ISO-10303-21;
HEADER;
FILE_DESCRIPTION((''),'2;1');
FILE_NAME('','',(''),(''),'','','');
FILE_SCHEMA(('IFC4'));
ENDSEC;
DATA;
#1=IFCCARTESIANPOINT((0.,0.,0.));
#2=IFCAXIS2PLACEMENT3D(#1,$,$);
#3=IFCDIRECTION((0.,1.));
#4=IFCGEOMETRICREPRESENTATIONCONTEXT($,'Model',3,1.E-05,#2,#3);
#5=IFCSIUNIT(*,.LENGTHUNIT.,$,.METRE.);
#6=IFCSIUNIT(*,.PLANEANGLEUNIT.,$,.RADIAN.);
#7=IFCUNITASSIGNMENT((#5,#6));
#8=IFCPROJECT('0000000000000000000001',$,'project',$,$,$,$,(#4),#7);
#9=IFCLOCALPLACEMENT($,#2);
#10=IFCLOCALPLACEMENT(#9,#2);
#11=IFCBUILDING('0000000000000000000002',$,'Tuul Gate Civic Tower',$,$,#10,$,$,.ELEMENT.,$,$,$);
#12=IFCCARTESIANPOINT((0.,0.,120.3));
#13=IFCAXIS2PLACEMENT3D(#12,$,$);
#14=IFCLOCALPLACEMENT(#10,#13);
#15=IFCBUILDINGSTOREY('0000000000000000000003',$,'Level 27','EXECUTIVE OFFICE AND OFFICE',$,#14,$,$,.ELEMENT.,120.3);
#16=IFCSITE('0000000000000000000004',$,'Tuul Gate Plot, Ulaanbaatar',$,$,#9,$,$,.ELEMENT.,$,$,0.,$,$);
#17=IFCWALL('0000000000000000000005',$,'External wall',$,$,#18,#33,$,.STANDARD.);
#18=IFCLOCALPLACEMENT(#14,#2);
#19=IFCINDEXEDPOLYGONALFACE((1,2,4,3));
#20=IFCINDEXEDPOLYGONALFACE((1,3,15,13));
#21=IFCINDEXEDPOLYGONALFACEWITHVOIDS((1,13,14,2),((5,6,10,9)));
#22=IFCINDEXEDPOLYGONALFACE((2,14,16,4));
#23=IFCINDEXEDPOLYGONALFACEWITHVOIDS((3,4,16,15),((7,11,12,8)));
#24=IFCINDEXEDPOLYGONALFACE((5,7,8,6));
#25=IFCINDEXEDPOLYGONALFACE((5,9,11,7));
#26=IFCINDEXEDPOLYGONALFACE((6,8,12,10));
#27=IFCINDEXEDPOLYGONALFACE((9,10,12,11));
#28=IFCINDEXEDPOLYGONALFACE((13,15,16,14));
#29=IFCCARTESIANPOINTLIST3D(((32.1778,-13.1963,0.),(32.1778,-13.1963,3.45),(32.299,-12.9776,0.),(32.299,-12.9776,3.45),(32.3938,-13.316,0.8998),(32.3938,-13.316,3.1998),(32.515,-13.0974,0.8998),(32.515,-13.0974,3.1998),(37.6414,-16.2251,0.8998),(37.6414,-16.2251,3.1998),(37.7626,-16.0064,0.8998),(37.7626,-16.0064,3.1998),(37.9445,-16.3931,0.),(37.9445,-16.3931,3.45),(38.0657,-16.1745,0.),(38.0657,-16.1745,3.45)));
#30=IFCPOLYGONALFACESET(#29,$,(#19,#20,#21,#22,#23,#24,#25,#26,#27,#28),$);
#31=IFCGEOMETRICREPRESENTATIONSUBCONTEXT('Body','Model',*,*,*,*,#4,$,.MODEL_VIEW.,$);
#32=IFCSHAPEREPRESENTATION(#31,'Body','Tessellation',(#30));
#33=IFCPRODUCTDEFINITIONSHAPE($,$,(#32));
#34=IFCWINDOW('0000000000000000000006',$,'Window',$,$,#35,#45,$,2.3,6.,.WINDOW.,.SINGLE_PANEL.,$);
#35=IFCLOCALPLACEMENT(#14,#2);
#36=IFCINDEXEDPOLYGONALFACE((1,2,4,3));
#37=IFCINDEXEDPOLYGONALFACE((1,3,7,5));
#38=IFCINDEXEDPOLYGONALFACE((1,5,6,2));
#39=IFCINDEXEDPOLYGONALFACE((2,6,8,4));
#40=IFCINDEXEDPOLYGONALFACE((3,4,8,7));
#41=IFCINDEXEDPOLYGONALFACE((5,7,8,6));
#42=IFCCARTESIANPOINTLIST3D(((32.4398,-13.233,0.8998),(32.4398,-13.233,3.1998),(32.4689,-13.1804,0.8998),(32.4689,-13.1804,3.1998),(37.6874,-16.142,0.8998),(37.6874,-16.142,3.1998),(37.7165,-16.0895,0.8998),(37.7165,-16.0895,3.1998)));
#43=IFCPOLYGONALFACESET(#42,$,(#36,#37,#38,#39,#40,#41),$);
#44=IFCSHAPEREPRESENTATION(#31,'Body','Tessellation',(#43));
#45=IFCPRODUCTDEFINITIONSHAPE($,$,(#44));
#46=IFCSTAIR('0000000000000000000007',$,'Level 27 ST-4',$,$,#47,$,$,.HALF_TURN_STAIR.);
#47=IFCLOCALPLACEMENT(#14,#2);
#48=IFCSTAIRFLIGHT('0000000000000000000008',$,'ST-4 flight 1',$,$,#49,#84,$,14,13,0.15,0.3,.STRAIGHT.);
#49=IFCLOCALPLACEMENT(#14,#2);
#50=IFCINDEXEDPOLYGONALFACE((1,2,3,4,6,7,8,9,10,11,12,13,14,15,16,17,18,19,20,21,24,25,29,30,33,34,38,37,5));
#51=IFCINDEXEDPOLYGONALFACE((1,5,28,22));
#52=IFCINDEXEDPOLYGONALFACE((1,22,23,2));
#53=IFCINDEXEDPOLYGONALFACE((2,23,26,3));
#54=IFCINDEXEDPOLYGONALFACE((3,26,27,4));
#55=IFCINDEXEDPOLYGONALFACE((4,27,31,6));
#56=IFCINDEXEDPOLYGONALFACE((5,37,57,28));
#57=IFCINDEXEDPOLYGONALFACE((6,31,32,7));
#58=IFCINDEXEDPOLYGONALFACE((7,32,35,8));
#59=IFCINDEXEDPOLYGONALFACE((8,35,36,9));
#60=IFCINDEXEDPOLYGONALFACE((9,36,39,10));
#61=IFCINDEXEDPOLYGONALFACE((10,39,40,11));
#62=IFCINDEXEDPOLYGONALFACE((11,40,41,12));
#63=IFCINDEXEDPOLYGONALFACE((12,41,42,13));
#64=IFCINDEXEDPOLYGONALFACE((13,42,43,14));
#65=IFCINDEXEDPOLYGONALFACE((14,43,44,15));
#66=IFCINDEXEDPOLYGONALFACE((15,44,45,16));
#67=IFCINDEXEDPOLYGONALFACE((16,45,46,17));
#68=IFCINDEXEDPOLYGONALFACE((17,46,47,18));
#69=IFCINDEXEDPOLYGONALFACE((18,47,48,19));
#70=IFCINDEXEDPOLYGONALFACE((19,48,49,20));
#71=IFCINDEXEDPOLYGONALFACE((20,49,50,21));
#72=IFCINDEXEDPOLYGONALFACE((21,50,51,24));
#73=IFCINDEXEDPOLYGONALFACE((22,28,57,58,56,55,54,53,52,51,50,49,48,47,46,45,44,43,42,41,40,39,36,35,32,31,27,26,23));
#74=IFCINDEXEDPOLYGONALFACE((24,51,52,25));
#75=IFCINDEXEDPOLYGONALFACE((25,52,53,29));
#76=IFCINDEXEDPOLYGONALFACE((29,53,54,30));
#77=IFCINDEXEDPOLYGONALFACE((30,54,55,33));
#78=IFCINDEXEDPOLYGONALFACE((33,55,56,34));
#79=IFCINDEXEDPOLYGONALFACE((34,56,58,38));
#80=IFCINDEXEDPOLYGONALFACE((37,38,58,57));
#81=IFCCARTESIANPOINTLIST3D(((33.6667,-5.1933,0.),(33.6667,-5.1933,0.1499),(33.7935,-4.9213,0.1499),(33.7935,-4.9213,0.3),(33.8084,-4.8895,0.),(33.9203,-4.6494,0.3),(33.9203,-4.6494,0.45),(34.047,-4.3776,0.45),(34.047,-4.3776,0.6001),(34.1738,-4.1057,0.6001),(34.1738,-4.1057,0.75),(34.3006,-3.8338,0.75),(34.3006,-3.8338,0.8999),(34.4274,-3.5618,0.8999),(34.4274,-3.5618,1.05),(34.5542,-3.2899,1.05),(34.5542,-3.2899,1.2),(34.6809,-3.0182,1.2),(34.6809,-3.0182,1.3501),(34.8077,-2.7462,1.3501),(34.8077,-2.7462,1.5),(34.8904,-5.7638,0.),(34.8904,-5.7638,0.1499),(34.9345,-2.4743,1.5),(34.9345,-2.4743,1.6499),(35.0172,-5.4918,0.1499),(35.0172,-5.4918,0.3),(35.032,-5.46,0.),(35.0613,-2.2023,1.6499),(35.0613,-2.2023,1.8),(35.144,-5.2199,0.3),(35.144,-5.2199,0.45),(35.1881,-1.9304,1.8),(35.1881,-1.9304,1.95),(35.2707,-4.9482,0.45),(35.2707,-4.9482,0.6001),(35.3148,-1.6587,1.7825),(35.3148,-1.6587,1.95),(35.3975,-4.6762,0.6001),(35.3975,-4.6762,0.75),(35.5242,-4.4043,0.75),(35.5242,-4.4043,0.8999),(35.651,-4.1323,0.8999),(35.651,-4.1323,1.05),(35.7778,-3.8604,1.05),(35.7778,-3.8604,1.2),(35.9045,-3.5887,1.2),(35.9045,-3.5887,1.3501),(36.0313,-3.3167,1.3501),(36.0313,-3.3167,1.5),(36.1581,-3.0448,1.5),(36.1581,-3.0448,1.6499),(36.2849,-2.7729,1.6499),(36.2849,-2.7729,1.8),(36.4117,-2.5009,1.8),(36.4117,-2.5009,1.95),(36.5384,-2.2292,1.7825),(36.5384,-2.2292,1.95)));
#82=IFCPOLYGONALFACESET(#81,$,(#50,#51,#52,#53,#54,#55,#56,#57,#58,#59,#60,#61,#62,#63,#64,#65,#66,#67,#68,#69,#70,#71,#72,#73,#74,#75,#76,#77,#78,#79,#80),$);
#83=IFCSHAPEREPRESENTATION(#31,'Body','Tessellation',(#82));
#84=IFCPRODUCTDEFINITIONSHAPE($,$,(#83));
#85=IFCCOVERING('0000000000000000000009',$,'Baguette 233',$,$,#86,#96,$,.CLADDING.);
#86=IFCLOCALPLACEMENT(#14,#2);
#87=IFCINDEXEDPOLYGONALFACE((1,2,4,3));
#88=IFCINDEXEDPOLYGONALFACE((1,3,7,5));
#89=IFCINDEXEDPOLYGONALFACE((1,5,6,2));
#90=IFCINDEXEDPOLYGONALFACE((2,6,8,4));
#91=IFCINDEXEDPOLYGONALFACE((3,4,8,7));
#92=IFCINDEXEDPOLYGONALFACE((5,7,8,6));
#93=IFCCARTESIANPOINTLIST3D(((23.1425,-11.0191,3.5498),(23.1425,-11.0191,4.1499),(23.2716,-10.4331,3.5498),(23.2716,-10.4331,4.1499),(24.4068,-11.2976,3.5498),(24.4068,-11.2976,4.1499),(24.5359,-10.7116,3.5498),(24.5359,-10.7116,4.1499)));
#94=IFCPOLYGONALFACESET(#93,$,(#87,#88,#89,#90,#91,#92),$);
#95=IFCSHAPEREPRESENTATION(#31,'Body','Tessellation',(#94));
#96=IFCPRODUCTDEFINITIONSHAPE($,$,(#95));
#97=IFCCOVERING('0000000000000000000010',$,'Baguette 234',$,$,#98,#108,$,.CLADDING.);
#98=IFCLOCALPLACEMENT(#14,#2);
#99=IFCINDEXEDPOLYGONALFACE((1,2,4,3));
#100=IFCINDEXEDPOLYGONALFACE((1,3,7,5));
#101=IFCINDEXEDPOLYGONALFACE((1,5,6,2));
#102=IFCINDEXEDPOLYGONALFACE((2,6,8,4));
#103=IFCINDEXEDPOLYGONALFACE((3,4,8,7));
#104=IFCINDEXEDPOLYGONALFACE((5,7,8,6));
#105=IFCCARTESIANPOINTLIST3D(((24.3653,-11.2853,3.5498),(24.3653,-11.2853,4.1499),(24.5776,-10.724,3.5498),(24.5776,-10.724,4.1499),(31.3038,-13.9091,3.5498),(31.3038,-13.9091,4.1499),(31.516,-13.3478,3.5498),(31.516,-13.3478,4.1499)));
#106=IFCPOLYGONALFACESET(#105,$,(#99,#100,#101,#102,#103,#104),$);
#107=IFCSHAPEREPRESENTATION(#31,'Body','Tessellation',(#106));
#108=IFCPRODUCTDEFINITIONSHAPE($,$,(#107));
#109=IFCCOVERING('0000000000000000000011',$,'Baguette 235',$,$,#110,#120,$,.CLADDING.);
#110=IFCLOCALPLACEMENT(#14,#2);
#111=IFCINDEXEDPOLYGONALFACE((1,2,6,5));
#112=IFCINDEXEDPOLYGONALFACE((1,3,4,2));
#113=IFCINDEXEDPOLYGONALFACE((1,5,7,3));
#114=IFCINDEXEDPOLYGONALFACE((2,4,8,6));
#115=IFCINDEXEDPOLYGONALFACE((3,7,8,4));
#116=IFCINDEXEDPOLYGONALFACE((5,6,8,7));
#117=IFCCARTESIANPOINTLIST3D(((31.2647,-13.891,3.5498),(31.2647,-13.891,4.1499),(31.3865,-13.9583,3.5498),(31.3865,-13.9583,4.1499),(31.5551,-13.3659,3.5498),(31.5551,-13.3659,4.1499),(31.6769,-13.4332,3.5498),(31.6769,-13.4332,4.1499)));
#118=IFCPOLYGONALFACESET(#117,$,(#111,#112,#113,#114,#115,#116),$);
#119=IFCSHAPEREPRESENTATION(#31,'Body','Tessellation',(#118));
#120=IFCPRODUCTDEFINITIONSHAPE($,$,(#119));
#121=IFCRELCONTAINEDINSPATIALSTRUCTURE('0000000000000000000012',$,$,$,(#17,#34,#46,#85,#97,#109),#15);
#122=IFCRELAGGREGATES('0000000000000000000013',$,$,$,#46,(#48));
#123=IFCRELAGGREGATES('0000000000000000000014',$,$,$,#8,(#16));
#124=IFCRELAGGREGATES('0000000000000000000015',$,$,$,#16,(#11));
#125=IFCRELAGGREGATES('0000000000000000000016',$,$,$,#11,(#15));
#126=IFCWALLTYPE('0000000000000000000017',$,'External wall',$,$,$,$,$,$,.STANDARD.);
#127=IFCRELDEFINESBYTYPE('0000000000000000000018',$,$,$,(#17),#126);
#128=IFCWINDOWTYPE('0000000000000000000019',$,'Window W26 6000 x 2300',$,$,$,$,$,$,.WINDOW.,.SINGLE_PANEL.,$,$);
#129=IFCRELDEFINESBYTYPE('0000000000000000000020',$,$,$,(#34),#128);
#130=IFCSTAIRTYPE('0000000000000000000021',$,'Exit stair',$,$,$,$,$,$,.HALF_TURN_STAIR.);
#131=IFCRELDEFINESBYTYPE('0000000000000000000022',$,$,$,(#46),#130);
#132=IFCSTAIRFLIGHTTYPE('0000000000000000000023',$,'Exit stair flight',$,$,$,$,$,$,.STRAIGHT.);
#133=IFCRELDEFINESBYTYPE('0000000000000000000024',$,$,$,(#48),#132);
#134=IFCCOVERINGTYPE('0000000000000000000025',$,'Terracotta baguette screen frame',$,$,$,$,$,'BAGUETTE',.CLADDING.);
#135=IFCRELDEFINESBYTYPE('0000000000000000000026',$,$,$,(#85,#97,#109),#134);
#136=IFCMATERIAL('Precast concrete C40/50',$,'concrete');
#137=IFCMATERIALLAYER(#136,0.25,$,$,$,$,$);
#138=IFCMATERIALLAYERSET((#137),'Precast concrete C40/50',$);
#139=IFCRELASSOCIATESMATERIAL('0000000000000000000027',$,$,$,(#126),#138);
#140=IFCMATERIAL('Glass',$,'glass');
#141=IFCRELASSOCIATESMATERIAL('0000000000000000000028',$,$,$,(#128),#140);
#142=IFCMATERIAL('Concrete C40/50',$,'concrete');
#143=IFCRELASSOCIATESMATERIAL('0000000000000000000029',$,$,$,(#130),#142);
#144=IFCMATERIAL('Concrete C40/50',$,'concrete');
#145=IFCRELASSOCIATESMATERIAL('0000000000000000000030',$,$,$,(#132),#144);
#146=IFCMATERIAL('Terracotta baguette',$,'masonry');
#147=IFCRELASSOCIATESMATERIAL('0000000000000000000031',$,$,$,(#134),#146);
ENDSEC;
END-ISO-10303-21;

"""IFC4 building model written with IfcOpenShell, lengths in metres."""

from ifc_helpers import new_model, si_unit, direction, frame, frame_2d, origin, origin_2d, place, context, subcontext, project, spatial, polyline, rectangle, outline, extrude, material, layer, layer_set, material_profile, profile_set, type_object, element, fill, aggregate, save


model = new_model("IFC4")

# Units and contexts
model_context = context("Model", 3, precision=1e-05, world=origin(), true_north=direction((0.0, 1.0)))
body_context = subcontext(model_context, "Body", "Model", "MODEL_VIEW")
ifc_project = project(units=[si_unit("LENGTHUNIT", "METRE"), si_unit("PLANEANGLEUNIT", "RADIAN")], contexts=[model_context])

# Site, building, storey
site_placement = place(None, origin())
site = spatial("IfcSite", under=ifc_project, at=site_placement, Name="Tuul Gate Plot, Ulaanbaatar", CompositionType="ELEMENT", RefElevation=0.0)
building_placement = place(site_placement, origin())
building = spatial("IfcBuilding", under=site, at=building_placement, Name="Tuul Gate Civic Tower", CompositionType="ELEMENT")
storey_placement = place(building_placement, frame((0.0, 0.0, 120.3)))
storey = spatial("IfcBuildingStorey", under=building, at=storey_placement, Name="Level 27", Description="EXECUTIVE OFFICE AND OFFICE", CompositionType="ELEMENT", Elevation=120.3)

# Wall, opening, window
ifc_material_1 = material(Name="Precast concrete C40/50", Category="concrete")
ifc_layer_1 = layer(ifc_material_1, 0.25)
ifc_layer_set_1 = layer_set([ifc_layer_1], Name="Precast concrete C40/50")
wall_type_1 = type_object("IfcWallType", Name="External wall", PredefinedType="STANDARD", material=ifc_layer_set_1)
ifc_material_2 = material(Name="Glass", Category="glass")
window_type = type_object("IfcWindowType", Name="Window W26 6000 x 2300", PartitioningType="SINGLE_PANEL", PredefinedType="WINDOW", material=ifc_material_2)
wall_1_placement = place(storey_placement, frame((32.2383, -13.0869, 0.0), z_axis=(0.0, 0.0, 1.0), x_axis=(0.874601, -0.484844, 0.0)))
wall_1 = element("IfcWall", 1, at=wall_1_placement, inside=storey, type_object=wall_type_1, Name="External wall", PredefinedType="STANDARD", context=body_context, shape_type="SweptSolid", body=[
    extrude(rectangle(XDim=6.5935, YDim=0.25, at=frame_2d((3.2969, 0.0))), origin(), (0.0, 0.0, 1.0), 3.45),
])
opening_1_placement = place(wall_1_placement, frame((0.2471, 0.0, 0.8999)))
opening_1 = element("IfcOpeningElement", 2, at=opening_1_placement, cuts=wall_1, PredefinedType="OPENING", context=body_context, shape_type="SweptSolid", body=[
    extrude(rectangle(XDim=6.0, YDim=2.3, at=frame_2d((3.0, 1.1499))), frame((0.0, 0.135, 0.0), z_axis=(0.0, -1.0, 0.0), x_axis=(1.0, 0.0, 0.0)), (0.0, 0.0, 1.0), 0.27),
])
window_1_placement = place(opening_1_placement, origin())
window_1 = element("IfcWindow", 3, at=window_1_placement, inside=storey, type_object=window_type, Name="Window", OverallHeight=2.3, OverallWidth=6.0, PartitioningType="SINGLE_PANEL", PredefinedType="WINDOW", context=body_context, shape_type="SweptSolid", body=[
    extrude(rectangle(XDim=6.0, YDim=2.3, at=frame_2d((3.0, 1.1499))), frame((0.0, 0.03, 0.0), z_axis=(0.0, -1.0, 0.0), x_axis=(1.0, 0.0, 0.0)), (0.0, 0.0, 1.0), 0.0601),
])
fill(opening_1, window_1)

# Stair, stair flight
ifc_material_3 = material(Name="Concrete C40/50", Category="concrete")
stair_type = type_object("IfcStairType", Name="Exit stair", PredefinedType="HALF_TURN_STAIR", material=ifc_material_3)
stair_placement = place(storey_placement, origin())
stair = element("IfcStair", 4, at=stair_placement, inside=storey, type_object=stair_type, Name="Level 27 ST-4", PredefinedType="HALF_TURN_STAIR")
ifc_material_4 = material(Name="Concrete C40/50", Category="concrete")
stair_flight_type = type_object("IfcStairFlightType", Name="Exit stair flight", PredefinedType="STRAIGHT", material=ifc_material_4)
stair_flight_placement = place(storey_placement, frame((34.2786, -5.4785, 0.0), z_axis=(0.0, 0.0, 1.0), x_axis=(0.422576, 0.906327, 0.0)))
stair_flight = element("IfcStairFlight", 5, at=stair_flight_placement, type_object=stair_flight_type, Name="ST-4 flight 1", NumberOfRisers=14, NumberOfTreads=13, PredefinedType="STRAIGHT", RiserHeight=0.15, TreadLength=0.3, context=body_context, shape_type="SweptSolid", body=[
    extrude(outline(polyline([(0.0, 0.0), (0.0, 0.1499), (0.3, 0.1499), (0.3, 0.3), (0.6001, 0.3), (0.6001, 0.45), (0.8999, 0.45), (0.8999, 0.6001), (1.2, 0.6001), (1.2, 0.75), (1.5, 0.75), (1.5, 0.8999), (1.8, 0.8999), (1.8, 1.05), (2.1001, 1.05), (2.1001, 1.2), (2.3999, 1.2), (2.3999, 1.3501), (2.7, 1.3501), (2.7, 1.5), (3.0, 1.5), (3.0, 1.6499), (3.3, 1.6499), (3.3, 1.8), (3.6001, 1.8), (3.6001, 1.95), (3.8999, 1.95), (3.8999, 2.1001), (3.8999, 1.7825), (0.3352, 0.0), (0.0, 0.0)])), frame((0.0, 0.675, 0.0), z_axis=(0.0, -1.0, 0.0), x_axis=(1.0, 0.0, 0.0)), (0.0, 0.0, 1.0), 1.3501),
])
aggregate(stair, [stair_flight])

# Coverings
ifc_material_5 = material(Name="Terracotta baguette", Category="masonry")
ifc_material_profile_1 = material_profile(ifc_material_5, rectangle(XDim=0.6001, YDim=0.6001, at=origin_2d()), Name="Terracotta baguette screen frame")
ifc_profile_set_1 = profile_set([ifc_material_profile_1], Name="Terracotta baguette")
covering_type = type_object("IfcCoveringType", Name="Terracotta baguette screen frame", ElementType="BAGUETTE", PredefinedType="CLADDING", material=ifc_profile_set_1)
covering_1_placement = place(storey_placement, frame((23.207, -10.7261, 3.8499), z_axis=(0.97658, -0.215153, 0.0), x_axis=(0.215153, 0.97658, 0.0)))
element("IfcCovering", 6, at=covering_1_placement, inside=storey, type_object=covering_type, Name="Baguette 233", PredefinedType="CLADDING", context=body_context, shape_type="SweptSolid", body=[
    extrude(rectangle(XDim=0.6001, YDim=0.6001, at=origin_2d()), origin(), (0.0, 0.0, 1.0), 1.2947),
])
covering_2_placement = place(storey_placement, frame((24.4714, -11.0046, 3.8499), z_axis=(0.935357, -0.353705, 0.0), x_axis=(0.353705, 0.935357, 0.0)))
element("IfcCovering", 7, at=covering_2_placement, inside=storey, type_object=covering_type, Name="Baguette 234", PredefinedType="CLADDING", context=body_context, shape_type="SweptSolid", body=[
    extrude(rectangle(XDim=0.6001, YDim=0.6001, at=origin_2d()), origin(), (0.0, 0.0, 1.0), 7.418),
])
covering_3_placement = place(storey_placement, frame((31.4099, -13.6284, 3.8499), z_axis=(0.875066, -0.484004, 0.0), x_axis=(0.484004, 0.875066, 0.0)))
element("IfcCovering", 8, at=covering_3_placement, inside=storey, type_object=covering_type, Name="Baguette 235", PredefinedType="CLADDING", context=body_context, shape_type="SweptSolid", body=[
    extrude(rectangle(XDim=0.6001, YDim=0.6001, at=origin_2d()), origin(), (0.0, 0.0, 1.0), 0.1392),
])

save(model, "model.ifc")
